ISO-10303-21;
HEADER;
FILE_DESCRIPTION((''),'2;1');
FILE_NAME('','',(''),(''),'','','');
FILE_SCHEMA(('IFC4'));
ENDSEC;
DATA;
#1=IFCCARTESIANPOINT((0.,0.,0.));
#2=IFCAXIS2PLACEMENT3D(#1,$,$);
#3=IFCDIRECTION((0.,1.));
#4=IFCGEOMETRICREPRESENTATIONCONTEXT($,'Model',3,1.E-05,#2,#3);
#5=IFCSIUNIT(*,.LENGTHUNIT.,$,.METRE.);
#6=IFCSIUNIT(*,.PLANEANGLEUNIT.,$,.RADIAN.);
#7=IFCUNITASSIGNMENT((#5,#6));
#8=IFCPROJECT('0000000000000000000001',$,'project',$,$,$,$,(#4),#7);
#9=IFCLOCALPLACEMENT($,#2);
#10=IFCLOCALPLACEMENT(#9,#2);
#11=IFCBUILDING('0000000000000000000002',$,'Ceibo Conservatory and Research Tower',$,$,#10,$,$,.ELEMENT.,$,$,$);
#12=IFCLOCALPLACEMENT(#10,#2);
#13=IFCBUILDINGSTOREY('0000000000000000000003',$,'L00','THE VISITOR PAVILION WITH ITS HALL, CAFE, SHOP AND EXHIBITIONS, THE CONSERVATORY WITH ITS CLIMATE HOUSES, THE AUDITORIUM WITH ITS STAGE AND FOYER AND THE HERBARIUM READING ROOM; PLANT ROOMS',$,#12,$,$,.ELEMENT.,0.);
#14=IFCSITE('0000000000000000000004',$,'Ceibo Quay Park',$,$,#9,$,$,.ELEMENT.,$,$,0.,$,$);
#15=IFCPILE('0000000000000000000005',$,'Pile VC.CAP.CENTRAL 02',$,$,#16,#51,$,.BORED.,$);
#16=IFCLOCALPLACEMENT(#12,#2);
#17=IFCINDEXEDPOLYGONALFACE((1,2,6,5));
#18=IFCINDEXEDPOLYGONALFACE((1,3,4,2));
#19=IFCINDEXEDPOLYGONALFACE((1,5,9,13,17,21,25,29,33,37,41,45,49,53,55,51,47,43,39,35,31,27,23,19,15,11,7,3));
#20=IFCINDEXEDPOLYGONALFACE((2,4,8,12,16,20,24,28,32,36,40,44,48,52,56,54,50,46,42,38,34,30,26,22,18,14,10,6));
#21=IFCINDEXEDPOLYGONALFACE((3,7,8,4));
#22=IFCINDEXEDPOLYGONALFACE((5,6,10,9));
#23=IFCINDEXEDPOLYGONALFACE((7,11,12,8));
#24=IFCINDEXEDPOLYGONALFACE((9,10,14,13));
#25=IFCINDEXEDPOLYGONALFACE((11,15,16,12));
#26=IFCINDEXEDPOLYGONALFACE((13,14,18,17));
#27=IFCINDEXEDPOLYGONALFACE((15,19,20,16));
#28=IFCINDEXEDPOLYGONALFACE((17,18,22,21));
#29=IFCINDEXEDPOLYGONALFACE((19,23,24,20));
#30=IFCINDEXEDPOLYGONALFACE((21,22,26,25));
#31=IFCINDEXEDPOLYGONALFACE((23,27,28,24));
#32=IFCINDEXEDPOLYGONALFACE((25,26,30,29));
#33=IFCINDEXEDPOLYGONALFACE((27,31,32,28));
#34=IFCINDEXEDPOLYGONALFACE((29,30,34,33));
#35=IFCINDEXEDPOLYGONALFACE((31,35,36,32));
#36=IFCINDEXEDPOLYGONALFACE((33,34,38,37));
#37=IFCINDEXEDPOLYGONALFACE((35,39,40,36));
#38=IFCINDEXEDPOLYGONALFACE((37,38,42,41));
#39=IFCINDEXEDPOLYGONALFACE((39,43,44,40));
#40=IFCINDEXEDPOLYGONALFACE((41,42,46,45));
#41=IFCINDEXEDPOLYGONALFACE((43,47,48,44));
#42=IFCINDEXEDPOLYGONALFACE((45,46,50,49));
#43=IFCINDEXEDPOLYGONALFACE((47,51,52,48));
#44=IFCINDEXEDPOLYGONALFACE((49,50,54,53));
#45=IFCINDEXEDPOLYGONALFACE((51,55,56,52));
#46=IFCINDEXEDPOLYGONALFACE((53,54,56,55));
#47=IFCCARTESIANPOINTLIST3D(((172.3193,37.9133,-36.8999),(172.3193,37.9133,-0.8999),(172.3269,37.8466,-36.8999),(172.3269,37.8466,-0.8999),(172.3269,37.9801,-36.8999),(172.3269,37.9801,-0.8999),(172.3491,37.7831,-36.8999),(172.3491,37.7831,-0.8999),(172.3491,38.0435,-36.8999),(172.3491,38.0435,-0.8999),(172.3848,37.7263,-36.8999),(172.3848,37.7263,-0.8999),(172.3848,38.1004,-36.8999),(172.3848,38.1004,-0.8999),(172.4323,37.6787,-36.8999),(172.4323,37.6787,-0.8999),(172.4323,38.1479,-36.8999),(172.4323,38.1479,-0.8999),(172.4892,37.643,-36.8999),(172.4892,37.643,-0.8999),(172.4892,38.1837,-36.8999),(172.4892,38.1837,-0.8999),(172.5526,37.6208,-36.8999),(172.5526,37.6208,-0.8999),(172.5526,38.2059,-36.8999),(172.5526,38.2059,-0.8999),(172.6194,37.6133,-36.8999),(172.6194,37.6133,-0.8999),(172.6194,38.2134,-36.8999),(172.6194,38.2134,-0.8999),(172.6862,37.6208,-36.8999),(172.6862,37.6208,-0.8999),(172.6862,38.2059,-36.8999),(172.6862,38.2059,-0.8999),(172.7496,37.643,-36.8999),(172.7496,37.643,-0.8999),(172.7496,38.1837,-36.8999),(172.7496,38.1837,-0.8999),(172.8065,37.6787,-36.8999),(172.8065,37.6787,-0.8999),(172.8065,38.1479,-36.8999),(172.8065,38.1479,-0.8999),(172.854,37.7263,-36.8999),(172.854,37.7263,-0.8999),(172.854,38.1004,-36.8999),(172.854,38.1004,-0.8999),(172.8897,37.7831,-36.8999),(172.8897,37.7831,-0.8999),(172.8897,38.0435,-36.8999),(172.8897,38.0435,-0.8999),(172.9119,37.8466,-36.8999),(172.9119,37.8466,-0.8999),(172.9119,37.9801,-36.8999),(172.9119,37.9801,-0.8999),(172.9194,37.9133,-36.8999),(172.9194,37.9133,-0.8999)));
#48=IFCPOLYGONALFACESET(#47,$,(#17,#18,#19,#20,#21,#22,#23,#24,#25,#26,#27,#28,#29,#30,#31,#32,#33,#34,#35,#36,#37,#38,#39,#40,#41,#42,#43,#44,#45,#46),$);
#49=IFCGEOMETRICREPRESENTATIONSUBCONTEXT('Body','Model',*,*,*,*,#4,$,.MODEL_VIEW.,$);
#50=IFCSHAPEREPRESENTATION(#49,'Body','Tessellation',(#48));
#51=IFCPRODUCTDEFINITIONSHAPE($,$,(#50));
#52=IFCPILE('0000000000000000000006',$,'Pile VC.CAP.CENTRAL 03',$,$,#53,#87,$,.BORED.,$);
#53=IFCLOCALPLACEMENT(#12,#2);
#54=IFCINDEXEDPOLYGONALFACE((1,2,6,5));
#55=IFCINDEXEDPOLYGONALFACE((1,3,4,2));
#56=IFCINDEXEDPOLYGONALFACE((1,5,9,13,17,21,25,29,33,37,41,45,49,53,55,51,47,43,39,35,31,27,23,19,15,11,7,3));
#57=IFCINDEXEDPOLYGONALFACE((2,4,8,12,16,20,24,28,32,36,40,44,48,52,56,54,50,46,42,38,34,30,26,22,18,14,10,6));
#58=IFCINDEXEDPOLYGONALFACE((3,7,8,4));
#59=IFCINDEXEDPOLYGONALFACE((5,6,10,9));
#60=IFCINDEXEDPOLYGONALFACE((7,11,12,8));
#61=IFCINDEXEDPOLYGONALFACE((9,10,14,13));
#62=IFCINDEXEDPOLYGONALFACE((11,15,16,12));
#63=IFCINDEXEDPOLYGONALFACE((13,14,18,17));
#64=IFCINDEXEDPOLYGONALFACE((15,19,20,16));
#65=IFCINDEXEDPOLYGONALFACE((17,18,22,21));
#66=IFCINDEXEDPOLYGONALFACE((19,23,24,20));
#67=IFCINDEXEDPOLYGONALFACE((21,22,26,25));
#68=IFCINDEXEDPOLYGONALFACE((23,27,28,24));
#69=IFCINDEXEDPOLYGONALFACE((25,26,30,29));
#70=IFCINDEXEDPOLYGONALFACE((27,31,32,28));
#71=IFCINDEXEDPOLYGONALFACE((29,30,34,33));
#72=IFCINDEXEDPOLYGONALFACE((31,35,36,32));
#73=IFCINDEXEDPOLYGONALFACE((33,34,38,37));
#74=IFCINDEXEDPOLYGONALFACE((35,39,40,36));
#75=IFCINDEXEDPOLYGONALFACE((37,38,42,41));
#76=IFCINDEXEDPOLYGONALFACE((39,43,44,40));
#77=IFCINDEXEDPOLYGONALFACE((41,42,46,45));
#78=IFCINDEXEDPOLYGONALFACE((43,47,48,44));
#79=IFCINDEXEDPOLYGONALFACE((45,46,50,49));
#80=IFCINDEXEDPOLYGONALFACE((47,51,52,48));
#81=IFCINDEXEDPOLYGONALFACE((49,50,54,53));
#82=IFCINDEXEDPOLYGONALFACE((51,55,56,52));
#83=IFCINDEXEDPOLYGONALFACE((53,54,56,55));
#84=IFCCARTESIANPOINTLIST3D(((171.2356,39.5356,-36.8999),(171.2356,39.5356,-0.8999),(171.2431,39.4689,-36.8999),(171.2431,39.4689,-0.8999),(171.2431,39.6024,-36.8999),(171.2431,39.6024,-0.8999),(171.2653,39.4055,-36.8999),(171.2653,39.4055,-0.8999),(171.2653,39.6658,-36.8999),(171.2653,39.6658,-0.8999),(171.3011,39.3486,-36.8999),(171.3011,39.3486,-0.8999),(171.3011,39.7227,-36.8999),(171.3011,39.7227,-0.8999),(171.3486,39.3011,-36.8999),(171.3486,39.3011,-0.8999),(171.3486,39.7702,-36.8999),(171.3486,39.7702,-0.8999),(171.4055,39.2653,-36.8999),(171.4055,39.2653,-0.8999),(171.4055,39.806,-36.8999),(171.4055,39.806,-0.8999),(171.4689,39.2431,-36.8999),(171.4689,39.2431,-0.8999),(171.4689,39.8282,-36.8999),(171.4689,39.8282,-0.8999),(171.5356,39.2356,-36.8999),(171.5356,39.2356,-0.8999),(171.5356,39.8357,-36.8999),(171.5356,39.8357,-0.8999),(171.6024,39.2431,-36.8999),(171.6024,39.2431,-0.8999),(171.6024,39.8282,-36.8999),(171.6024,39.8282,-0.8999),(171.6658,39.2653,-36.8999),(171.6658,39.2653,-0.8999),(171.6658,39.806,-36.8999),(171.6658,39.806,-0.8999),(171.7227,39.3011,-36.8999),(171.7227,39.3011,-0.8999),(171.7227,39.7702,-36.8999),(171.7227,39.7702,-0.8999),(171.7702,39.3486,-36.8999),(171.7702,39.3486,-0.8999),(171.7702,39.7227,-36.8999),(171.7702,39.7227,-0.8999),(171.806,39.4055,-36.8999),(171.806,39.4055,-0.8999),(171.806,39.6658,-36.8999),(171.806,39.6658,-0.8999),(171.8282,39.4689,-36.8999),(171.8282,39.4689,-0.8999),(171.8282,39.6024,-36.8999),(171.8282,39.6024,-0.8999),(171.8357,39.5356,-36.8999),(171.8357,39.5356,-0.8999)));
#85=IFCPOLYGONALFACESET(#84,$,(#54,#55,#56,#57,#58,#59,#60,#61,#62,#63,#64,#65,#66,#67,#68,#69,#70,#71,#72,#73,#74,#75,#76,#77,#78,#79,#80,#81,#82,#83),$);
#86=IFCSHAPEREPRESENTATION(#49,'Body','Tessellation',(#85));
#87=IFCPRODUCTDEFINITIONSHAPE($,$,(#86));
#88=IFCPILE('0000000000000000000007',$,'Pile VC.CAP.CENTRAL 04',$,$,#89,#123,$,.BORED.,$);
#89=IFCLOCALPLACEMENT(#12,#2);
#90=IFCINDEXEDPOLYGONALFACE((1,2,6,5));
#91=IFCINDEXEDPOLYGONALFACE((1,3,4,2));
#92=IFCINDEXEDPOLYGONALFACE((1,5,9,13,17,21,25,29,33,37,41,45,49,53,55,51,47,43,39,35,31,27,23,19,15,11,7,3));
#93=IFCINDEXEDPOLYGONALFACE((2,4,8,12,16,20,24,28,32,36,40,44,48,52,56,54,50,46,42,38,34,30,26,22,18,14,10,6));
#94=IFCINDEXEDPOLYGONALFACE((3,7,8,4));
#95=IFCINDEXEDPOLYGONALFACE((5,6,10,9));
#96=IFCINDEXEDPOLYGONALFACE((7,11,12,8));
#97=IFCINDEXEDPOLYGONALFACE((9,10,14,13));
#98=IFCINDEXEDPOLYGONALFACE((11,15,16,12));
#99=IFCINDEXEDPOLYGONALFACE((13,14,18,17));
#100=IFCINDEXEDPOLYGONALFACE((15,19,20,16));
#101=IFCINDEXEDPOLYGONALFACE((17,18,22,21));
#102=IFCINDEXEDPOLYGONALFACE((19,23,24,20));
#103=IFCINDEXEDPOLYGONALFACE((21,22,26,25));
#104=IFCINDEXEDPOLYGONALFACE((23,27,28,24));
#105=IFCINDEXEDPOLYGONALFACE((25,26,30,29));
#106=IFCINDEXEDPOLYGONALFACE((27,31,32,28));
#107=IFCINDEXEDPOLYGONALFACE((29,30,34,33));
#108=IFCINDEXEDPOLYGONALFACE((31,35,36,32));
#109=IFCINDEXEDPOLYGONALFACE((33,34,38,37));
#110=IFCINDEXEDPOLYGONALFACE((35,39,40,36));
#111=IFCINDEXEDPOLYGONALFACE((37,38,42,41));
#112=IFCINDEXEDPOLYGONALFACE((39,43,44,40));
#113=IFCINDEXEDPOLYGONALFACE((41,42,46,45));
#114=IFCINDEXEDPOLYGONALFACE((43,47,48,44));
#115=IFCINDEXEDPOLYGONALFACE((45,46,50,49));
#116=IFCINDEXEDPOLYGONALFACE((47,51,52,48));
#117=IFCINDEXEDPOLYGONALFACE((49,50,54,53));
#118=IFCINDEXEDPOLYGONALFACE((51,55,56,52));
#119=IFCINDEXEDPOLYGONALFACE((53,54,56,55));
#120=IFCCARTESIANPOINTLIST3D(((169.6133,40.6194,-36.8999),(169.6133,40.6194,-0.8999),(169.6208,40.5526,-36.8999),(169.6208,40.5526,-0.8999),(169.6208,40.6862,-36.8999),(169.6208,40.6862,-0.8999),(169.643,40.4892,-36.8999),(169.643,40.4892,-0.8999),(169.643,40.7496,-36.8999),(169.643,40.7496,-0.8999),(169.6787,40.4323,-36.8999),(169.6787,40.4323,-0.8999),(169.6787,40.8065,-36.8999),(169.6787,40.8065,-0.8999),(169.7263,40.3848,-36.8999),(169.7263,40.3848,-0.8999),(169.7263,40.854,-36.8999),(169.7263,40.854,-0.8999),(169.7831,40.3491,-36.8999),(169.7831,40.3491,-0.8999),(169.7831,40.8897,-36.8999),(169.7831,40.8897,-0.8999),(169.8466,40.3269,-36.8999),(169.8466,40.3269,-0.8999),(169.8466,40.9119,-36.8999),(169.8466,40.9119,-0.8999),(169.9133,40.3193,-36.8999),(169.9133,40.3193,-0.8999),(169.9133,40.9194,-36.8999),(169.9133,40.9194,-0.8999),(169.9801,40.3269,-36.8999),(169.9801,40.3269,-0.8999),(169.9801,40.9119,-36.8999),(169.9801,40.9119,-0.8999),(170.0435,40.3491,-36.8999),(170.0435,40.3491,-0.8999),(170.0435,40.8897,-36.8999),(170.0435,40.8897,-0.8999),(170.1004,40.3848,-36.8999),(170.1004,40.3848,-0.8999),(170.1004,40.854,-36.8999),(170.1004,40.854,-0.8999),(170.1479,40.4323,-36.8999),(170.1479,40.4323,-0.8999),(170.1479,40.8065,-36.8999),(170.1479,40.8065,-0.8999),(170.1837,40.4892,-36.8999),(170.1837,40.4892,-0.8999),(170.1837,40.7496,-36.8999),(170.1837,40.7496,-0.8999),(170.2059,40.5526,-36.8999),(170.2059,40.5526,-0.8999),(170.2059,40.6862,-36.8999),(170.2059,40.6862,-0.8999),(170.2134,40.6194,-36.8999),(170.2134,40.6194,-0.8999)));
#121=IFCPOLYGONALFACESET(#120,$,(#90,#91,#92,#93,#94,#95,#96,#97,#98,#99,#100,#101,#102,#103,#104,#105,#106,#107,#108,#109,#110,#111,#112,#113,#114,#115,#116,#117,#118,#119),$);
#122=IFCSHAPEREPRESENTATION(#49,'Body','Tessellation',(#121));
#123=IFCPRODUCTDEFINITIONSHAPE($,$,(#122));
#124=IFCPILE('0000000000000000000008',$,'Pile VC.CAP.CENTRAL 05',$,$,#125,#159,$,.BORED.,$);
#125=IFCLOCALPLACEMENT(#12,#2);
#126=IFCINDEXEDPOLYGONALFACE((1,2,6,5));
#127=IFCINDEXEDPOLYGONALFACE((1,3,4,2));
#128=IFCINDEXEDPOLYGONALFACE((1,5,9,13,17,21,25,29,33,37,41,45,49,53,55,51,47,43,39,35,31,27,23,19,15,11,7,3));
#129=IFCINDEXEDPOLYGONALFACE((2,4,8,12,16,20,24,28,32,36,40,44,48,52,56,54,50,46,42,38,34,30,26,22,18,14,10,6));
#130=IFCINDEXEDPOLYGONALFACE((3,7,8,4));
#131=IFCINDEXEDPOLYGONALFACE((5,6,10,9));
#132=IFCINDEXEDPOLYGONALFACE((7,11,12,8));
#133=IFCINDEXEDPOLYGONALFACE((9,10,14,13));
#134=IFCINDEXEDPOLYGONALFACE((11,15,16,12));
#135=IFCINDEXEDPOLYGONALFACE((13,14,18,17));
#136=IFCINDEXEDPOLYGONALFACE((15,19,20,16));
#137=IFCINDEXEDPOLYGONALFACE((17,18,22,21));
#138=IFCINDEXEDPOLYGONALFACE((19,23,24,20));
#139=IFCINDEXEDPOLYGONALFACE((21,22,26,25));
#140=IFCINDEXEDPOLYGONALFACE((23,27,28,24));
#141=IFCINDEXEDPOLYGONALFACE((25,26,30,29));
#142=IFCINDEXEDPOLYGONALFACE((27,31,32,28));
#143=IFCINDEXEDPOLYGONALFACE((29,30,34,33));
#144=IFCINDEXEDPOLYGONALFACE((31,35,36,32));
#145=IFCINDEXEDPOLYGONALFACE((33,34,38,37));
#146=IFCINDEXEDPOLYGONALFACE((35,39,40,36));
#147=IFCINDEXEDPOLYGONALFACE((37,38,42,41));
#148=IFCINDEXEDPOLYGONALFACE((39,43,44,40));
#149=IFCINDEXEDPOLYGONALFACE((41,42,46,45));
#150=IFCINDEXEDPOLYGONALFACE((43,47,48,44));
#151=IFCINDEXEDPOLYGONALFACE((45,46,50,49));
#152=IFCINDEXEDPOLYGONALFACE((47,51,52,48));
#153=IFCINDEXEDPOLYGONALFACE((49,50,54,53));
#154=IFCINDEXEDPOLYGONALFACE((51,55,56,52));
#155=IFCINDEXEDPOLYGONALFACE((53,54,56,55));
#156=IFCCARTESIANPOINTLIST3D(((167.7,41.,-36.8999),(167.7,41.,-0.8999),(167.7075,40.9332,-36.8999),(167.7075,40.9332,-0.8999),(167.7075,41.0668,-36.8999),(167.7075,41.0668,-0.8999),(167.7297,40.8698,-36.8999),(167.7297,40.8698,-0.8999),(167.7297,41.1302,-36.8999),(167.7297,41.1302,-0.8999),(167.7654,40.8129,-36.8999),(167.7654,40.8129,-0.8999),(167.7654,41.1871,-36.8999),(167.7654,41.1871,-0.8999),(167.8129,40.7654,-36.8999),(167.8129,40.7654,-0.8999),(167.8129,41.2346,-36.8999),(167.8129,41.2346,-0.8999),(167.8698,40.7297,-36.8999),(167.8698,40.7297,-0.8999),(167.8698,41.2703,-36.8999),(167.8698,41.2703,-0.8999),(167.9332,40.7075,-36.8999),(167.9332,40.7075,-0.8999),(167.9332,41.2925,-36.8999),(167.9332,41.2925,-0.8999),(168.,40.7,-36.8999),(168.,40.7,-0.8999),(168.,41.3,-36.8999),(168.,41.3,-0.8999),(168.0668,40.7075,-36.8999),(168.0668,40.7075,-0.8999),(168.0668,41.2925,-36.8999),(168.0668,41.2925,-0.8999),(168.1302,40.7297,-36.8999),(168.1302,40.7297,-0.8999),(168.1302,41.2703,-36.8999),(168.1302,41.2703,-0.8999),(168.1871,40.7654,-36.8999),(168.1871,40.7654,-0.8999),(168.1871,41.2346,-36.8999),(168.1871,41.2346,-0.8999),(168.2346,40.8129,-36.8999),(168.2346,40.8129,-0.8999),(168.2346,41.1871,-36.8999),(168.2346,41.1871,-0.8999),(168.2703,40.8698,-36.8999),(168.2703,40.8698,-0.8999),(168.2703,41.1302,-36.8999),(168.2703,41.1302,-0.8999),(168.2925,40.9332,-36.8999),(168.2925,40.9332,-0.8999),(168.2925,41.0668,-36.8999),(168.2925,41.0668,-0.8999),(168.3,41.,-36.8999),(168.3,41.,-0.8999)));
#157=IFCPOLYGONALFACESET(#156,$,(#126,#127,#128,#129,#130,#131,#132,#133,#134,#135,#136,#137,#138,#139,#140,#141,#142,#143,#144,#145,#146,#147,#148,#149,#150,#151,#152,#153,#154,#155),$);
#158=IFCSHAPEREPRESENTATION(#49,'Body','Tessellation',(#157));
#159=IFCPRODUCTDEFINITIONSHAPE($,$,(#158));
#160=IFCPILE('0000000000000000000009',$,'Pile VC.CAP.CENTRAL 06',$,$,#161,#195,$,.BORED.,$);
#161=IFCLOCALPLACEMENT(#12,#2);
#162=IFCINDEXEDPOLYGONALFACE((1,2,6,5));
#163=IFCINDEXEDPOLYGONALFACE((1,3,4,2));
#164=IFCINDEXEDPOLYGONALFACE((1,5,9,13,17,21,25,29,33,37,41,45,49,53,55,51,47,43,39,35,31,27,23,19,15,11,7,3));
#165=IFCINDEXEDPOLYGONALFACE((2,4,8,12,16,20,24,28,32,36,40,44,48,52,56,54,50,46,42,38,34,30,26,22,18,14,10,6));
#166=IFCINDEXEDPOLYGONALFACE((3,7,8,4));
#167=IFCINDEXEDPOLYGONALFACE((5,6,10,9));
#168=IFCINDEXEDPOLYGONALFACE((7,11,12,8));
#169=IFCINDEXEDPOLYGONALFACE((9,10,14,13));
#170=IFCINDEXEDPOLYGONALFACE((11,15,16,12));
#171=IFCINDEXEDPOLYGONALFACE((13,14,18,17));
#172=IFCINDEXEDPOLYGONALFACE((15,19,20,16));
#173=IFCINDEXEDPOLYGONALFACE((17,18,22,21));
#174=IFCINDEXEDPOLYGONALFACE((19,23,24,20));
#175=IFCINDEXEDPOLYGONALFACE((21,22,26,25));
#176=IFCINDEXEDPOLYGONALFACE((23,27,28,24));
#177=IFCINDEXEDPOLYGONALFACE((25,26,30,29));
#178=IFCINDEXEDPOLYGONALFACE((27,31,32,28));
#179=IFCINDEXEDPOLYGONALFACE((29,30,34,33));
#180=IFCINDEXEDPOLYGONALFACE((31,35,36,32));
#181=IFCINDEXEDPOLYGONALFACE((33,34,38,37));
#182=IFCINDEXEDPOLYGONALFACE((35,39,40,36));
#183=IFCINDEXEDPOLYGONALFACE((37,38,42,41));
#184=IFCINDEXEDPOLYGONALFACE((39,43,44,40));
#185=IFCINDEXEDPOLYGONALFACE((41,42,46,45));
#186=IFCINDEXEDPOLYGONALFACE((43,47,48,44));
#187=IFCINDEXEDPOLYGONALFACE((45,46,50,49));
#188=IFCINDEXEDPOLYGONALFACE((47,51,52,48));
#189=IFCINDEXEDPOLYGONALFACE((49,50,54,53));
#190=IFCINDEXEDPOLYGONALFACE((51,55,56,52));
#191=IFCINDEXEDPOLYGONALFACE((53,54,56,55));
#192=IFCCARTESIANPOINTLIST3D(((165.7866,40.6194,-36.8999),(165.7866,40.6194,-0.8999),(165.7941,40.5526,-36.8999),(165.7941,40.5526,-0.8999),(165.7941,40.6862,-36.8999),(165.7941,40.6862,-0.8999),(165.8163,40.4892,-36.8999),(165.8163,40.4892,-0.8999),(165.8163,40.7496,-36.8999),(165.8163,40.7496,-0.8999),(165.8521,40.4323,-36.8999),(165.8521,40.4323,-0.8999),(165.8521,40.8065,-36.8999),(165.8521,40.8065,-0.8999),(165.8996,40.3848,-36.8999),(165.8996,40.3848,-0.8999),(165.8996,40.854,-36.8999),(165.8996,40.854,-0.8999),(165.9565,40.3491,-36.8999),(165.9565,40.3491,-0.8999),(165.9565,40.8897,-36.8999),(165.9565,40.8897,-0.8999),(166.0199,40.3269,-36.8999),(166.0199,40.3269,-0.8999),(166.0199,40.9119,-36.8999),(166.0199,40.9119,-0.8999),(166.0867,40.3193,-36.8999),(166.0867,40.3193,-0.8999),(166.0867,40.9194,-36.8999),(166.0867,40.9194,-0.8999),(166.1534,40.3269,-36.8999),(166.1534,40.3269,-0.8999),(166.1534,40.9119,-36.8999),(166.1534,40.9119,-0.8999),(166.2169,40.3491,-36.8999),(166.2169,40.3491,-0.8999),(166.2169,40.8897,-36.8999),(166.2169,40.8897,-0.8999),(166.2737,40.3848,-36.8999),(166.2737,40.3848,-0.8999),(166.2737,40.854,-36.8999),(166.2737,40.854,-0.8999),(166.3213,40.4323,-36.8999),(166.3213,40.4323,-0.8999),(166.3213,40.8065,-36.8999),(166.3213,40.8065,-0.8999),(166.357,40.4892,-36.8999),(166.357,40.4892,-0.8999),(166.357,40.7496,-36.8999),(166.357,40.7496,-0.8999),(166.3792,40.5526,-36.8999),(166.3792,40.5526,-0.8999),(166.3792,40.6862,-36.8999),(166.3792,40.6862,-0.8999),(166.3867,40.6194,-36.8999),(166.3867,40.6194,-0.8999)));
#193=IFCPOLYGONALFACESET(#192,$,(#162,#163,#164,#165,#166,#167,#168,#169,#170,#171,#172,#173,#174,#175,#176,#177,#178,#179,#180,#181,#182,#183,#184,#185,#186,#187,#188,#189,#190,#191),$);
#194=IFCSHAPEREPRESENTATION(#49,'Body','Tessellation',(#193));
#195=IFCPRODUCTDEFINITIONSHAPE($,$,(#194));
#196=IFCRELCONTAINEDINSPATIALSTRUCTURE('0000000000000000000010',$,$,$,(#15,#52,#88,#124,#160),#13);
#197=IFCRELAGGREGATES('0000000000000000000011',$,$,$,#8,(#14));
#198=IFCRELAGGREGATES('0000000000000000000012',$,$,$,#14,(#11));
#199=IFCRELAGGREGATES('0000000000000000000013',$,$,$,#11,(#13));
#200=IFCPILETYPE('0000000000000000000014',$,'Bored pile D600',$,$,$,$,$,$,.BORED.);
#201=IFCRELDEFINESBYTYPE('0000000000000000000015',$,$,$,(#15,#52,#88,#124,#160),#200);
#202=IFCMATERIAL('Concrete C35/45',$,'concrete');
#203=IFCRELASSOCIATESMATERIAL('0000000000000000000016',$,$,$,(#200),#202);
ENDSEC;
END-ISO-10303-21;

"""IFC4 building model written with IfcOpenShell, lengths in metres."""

from ifc_helpers import new_model, si_unit, direction, frame, origin, origin_2d, place, context, subcontext, project, spatial, circle, extrude, material, material_profile, profile_set, type_object, element, save


model = new_model("IFC4")

# Units and contexts
model_context = context("Model", 3, precision=1e-05, world=origin(), true_north=direction((0.0, 1.0)))
body_context = subcontext(model_context, "Body", "Model", "MODEL_VIEW")
ifc_project = project(units=[si_unit("LENGTHUNIT", "METRE"), si_unit("PLANEANGLEUNIT", "RADIAN")], contexts=[model_context])

# Site, building, storey
site_placement = place(None, origin())
site = spatial("IfcSite", under=ifc_project, at=site_placement, Name="Ceibo Quay Park", CompositionType="ELEMENT", RefElevation=0.0)
building_placement = place(site_placement, origin())
building = spatial("IfcBuilding", under=site, at=building_placement, Name="Ceibo Conservatory and Research Tower", CompositionType="ELEMENT")
storey_placement = place(building_placement, origin())
storey = spatial("IfcBuildingStorey", under=building, at=storey_placement, Name="L00", Description="THE VISITOR PAVILION WITH ITS HALL, CAFE, SHOP AND EXHIBITIONS, THE CONSERVATORY WITH ITS CLIMATE HOUSES, THE AUDITORIUM WITH ITS STAGE AND FOYER AND THE HERBARIUM READING ROOM; PLANT ROOMS", CompositionType="ELEMENT", Elevation=0.0)

# Piles
ifc_material_1 = material(Name="Concrete C35/45", Category="concrete")
ifc_material_profile_1 = material_profile(ifc_material_1, circle(Radius=0.3, at=origin_2d()), Name="RC D600")
ifc_profile_set_1 = profile_set([ifc_material_profile_1], Name="Concrete C35/45")
pile_type = type_object("IfcPileType", Name="Bored pile D600", PredefinedType="BORED", material=ifc_profile_set_1)
for number, where, z_axis, x_axis, name in (
    (1, (172.6194, 37.9133, -0.8999), (0.0, 0.0, -1.0), (1.0, 0.0, 0.0), "Pile VC.CAP.CENTRAL 02"),
    (2, (171.5356, 39.5356, -0.8999), (0.0, 0.0, -1.0), (1.0, 0.0, 0.0), "Pile VC.CAP.CENTRAL 03"),
    (3, (169.9133, 40.6194, -0.8999), (0.0, 0.0, -1.0), (1.0, 0.0, 0.0), "Pile VC.CAP.CENTRAL 04"),
    (4, (168.0, 41.0, -0.8999), (0.0, 0.0, -1.0), (1.0, 0.0, 0.0), "Pile VC.CAP.CENTRAL 05"),
    (5, (166.0867, 40.6194, -0.8999), (0.0, 0.0, -1.0), (1.0, 0.0, 0.0), "Pile VC.CAP.CENTRAL 06"),
):
    element("IfcPile", number, at=place(storey_placement, frame(where, z_axis=z_axis, x_axis=x_axis)), inside=storey, type_object=pile_type, Name=name, PredefinedType="BORED", context=body_context, shape_type="SweptSolid", body=[
        extrude(circle(Radius=0.3, at=origin_2d()), origin(), (0.0, 0.0, 1.0), 36.0),
    ])

save(model, "model.ifc")
